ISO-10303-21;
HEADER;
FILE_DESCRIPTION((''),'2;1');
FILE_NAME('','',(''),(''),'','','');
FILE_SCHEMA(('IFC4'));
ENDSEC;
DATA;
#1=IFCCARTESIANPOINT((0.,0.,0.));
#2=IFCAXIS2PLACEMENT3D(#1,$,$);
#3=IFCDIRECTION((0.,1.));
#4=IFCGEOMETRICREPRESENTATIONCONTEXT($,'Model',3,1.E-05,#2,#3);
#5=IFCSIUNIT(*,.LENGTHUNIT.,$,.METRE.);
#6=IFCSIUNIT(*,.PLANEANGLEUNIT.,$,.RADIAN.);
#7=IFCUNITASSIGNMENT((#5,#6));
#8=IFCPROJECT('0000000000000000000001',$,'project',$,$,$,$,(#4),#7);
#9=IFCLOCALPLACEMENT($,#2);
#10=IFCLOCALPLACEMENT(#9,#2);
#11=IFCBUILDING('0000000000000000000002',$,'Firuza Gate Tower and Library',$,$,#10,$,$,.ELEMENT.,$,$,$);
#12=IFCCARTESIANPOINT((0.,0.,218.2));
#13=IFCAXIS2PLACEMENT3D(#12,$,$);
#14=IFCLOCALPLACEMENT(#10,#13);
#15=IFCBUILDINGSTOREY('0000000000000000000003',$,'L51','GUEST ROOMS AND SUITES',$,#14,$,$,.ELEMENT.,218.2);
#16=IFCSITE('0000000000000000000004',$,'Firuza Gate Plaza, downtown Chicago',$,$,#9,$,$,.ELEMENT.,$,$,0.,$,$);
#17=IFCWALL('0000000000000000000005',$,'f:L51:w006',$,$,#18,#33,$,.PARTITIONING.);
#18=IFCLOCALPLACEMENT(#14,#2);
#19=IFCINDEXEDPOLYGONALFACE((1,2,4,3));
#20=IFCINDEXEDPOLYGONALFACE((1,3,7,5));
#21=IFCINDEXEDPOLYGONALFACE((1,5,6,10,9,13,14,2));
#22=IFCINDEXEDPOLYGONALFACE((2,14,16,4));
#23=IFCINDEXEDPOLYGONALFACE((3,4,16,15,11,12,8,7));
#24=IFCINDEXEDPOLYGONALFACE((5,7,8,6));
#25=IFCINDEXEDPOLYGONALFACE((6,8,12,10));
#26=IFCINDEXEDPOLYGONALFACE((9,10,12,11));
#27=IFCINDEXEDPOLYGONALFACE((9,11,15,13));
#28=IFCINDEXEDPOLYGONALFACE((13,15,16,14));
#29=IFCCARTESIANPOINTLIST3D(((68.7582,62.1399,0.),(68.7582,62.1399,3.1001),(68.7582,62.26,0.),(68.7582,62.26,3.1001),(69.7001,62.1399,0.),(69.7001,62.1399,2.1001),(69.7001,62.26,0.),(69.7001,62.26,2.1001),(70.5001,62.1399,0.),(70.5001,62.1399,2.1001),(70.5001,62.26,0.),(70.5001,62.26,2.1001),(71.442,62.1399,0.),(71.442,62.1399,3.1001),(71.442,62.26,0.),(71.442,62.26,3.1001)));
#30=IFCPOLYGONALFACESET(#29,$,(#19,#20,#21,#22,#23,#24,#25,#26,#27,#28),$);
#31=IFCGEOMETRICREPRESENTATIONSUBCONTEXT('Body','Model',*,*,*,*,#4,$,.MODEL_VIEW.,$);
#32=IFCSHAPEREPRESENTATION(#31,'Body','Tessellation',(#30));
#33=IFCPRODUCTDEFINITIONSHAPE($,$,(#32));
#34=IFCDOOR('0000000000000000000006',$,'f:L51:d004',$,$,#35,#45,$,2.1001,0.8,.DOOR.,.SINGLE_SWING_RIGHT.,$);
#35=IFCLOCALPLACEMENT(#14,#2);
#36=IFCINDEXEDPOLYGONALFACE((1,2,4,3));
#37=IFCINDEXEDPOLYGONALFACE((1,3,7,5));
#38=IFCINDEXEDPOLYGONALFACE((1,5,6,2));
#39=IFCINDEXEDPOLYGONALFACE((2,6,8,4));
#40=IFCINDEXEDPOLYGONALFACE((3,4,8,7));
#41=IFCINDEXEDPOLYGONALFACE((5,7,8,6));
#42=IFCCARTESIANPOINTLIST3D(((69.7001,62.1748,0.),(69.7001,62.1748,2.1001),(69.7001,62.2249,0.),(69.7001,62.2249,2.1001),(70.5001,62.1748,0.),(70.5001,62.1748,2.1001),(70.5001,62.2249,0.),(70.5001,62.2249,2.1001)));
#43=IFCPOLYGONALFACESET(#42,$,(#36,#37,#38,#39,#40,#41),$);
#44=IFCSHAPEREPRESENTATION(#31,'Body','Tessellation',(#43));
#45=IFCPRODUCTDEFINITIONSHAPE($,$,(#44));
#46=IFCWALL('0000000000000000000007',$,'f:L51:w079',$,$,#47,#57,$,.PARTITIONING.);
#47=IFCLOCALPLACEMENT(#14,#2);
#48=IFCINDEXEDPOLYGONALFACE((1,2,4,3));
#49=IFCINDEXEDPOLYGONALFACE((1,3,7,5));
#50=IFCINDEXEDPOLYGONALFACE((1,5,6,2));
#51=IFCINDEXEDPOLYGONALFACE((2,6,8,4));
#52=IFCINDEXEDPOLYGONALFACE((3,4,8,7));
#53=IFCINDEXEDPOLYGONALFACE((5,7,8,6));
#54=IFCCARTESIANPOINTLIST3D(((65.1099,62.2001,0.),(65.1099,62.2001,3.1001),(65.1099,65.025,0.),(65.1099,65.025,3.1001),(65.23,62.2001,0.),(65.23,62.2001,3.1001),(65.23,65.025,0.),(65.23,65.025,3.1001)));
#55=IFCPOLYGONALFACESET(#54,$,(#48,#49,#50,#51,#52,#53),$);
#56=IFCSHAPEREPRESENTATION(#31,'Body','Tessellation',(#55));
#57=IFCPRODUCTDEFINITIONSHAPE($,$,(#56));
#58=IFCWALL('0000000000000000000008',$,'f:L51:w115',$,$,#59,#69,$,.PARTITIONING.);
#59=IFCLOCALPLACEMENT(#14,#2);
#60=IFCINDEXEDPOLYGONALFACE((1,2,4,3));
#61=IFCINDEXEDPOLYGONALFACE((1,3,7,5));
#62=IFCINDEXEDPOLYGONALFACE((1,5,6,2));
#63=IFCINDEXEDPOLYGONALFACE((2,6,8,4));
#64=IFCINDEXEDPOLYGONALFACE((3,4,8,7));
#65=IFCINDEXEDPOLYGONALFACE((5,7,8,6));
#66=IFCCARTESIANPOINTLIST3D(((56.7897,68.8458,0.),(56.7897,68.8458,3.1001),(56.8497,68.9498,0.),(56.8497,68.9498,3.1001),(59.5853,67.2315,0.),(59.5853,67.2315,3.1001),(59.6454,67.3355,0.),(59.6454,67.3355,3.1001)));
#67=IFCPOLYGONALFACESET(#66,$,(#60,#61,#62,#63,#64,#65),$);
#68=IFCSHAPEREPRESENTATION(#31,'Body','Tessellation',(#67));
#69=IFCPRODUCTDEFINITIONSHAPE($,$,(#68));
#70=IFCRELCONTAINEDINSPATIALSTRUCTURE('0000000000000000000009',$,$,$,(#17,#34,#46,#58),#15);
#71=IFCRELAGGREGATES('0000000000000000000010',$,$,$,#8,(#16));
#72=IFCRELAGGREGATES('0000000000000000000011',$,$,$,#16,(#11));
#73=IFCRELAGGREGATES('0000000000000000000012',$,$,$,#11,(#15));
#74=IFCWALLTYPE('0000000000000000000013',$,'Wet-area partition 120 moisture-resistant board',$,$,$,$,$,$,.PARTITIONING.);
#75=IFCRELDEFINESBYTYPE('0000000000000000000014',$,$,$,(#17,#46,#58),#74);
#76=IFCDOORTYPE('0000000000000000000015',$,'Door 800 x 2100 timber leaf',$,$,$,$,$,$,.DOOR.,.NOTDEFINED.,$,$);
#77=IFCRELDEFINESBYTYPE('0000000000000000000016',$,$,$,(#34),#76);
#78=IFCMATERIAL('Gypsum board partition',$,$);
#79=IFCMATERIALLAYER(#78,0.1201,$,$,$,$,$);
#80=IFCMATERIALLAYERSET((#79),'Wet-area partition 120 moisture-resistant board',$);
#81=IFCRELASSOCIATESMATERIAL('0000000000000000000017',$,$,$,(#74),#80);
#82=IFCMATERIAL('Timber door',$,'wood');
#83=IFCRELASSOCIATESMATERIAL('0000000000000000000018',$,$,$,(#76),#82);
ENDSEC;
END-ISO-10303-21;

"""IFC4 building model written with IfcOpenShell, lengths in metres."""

from ifc_helpers import new_model, si_unit, direction, frame, frame_2d, origin, place, context, subcontext, project, spatial, rectangle, extrude, material, layer, layer_set, type_object, element, fill, save


model = new_model("IFC4")

# Units and contexts
model_context = context("Model", 3, precision=1e-05, world=origin(), true_north=direction((0.0, 1.0)))
body_context = subcontext(model_context, "Body", "Model", "MODEL_VIEW")
ifc_project = project(units=[si_unit("LENGTHUNIT", "METRE"), si_unit("PLANEANGLEUNIT", "RADIAN")], contexts=[model_context])

# Site, building, storey
site_placement = place(None, origin())
site = spatial("IfcSite", under=ifc_project, at=site_placement, Name="Firuza Gate Plaza, downtown Chicago", CompositionType="ELEMENT", RefElevation=0.0)
building_placement = place(site_placement, origin())
building = spatial("IfcBuilding", under=site, at=building_placement, Name="Firuza Gate Tower and Library", CompositionType="ELEMENT")
storey_placement = place(building_placement, frame((0.0, 0.0, 218.2)))
storey = spatial("IfcBuildingStorey", under=building, at=storey_placement, Name="L51", Description="GUEST ROOMS AND SUITES", CompositionType="ELEMENT", Elevation=218.2)

# Wall, opening, door
ifc_material_1 = material(Name="Gypsum board partition")
ifc_layer_1 = layer(ifc_material_1, 0.1201)
ifc_layer_set_1 = layer_set([ifc_layer_1], Name="Wet-area partition 120 moisture-resistant board")
wall_type_1 = type_object("IfcWallType", Name="Wet-area partition 120 moisture-resistant board", PredefinedType="PARTITIONING", material=ifc_layer_set_1)
ifc_material_2 = material(Name="Timber door", Category="wood")
door_type_1 = type_object("IfcDoorType", Name="Door 800 x 2100 timber leaf", OperationType="NOTDEFINED", PredefinedType="DOOR", material=ifc_material_2)
wall_1_placement = place(storey_placement, frame((68.7583, 62.2, 0.0), z_axis=(0.0, 0.0, 1.0), x_axis=(1.0, 0.0, 0.0)))
wall_1 = element("IfcWall", 1, at=wall_1_placement, inside=storey, type_object=wall_type_1, Name="f:L51:w006", PredefinedType="PARTITIONING", context=body_context, shape_type="SweptSolid", body=[
    extrude(rectangle(XDim=2.6838, YDim=0.1201, at=frame_2d((1.3418, 0.0))), origin(), (0.0, 0.0, 1.0), 3.1001),
])
opening_1_placement = place(wall_1_placement, frame((0.9419, 0.0, 0.0)))
opening_1 = element("IfcOpeningElement", 2, at=opening_1_placement, cuts=wall_1, PredefinedType="OPENING", context=body_context, shape_type="SweptSolid", body=[
    extrude(rectangle(XDim=0.8, YDim=2.1001, at=frame_2d((0.3999, 1.05))), frame((0.0, 0.0701, 0.0), z_axis=(0.0, -1.0, 0.0), x_axis=(1.0, 0.0, 0.0)), (0.0, 0.0, 1.0), 0.1401),
])
door_1_placement = place(opening_1_placement, origin())
door_1 = element("IfcDoor", 3, at=door_1_placement, inside=storey, type_object=door_type_1, Name="f:L51:d004", OperationType="SINGLE_SWING_RIGHT", OverallHeight=2.1001, OverallWidth=0.8, PredefinedType="DOOR", context=body_context, shape_type="SweptSolid", body=[
    extrude(rectangle(XDim=0.8, YDim=2.1001, at=frame_2d((0.3999, 1.05))), frame((0.0, 0.0249, 0.0), z_axis=(0.0, -1.0, 0.0), x_axis=(1.0, 0.0, 0.0)), (0.0, 0.0, 1.0), 0.05),
])
fill(opening_1, door_1)

# Walls
wall_2_placement = place(storey_placement, frame((65.1699, 62.2, 0.0), z_axis=(0.0, 0.0, 1.0), x_axis=(0.0, 1.0, 0.0)))
element("IfcWall", 4, at=wall_2_placement, inside=storey, type_object=wall_type_1, Name="f:L51:w079", PredefinedType="PARTITIONING", context=body_context, shape_type="SweptSolid", body=[
    extrude(rectangle(XDim=2.825, YDim=0.1201, at=frame_2d((1.4126, 0.0))), origin(), (0.0, 0.0, 1.0), 3.1001),
])
wall_3_placement = place(storey_placement, frame((59.6155, 67.2834, 0.0), z_axis=(0.0, 0.0, 1.0), x_axis=(-0.866, 0.500043, 0.0)))
element("IfcWall", 5, at=wall_3_placement, inside=storey, type_object=wall_type_1, Name="f:L51:w115", PredefinedType="PARTITIONING", context=body_context, shape_type="SweptSolid", body=[
    extrude(rectangle(XDim=3.2283, YDim=0.1201, at=frame_2d((1.6143, 0.0))), origin(), (0.0, 0.0, 1.0), 3.1001),
])

save(model, "model.ifc")
